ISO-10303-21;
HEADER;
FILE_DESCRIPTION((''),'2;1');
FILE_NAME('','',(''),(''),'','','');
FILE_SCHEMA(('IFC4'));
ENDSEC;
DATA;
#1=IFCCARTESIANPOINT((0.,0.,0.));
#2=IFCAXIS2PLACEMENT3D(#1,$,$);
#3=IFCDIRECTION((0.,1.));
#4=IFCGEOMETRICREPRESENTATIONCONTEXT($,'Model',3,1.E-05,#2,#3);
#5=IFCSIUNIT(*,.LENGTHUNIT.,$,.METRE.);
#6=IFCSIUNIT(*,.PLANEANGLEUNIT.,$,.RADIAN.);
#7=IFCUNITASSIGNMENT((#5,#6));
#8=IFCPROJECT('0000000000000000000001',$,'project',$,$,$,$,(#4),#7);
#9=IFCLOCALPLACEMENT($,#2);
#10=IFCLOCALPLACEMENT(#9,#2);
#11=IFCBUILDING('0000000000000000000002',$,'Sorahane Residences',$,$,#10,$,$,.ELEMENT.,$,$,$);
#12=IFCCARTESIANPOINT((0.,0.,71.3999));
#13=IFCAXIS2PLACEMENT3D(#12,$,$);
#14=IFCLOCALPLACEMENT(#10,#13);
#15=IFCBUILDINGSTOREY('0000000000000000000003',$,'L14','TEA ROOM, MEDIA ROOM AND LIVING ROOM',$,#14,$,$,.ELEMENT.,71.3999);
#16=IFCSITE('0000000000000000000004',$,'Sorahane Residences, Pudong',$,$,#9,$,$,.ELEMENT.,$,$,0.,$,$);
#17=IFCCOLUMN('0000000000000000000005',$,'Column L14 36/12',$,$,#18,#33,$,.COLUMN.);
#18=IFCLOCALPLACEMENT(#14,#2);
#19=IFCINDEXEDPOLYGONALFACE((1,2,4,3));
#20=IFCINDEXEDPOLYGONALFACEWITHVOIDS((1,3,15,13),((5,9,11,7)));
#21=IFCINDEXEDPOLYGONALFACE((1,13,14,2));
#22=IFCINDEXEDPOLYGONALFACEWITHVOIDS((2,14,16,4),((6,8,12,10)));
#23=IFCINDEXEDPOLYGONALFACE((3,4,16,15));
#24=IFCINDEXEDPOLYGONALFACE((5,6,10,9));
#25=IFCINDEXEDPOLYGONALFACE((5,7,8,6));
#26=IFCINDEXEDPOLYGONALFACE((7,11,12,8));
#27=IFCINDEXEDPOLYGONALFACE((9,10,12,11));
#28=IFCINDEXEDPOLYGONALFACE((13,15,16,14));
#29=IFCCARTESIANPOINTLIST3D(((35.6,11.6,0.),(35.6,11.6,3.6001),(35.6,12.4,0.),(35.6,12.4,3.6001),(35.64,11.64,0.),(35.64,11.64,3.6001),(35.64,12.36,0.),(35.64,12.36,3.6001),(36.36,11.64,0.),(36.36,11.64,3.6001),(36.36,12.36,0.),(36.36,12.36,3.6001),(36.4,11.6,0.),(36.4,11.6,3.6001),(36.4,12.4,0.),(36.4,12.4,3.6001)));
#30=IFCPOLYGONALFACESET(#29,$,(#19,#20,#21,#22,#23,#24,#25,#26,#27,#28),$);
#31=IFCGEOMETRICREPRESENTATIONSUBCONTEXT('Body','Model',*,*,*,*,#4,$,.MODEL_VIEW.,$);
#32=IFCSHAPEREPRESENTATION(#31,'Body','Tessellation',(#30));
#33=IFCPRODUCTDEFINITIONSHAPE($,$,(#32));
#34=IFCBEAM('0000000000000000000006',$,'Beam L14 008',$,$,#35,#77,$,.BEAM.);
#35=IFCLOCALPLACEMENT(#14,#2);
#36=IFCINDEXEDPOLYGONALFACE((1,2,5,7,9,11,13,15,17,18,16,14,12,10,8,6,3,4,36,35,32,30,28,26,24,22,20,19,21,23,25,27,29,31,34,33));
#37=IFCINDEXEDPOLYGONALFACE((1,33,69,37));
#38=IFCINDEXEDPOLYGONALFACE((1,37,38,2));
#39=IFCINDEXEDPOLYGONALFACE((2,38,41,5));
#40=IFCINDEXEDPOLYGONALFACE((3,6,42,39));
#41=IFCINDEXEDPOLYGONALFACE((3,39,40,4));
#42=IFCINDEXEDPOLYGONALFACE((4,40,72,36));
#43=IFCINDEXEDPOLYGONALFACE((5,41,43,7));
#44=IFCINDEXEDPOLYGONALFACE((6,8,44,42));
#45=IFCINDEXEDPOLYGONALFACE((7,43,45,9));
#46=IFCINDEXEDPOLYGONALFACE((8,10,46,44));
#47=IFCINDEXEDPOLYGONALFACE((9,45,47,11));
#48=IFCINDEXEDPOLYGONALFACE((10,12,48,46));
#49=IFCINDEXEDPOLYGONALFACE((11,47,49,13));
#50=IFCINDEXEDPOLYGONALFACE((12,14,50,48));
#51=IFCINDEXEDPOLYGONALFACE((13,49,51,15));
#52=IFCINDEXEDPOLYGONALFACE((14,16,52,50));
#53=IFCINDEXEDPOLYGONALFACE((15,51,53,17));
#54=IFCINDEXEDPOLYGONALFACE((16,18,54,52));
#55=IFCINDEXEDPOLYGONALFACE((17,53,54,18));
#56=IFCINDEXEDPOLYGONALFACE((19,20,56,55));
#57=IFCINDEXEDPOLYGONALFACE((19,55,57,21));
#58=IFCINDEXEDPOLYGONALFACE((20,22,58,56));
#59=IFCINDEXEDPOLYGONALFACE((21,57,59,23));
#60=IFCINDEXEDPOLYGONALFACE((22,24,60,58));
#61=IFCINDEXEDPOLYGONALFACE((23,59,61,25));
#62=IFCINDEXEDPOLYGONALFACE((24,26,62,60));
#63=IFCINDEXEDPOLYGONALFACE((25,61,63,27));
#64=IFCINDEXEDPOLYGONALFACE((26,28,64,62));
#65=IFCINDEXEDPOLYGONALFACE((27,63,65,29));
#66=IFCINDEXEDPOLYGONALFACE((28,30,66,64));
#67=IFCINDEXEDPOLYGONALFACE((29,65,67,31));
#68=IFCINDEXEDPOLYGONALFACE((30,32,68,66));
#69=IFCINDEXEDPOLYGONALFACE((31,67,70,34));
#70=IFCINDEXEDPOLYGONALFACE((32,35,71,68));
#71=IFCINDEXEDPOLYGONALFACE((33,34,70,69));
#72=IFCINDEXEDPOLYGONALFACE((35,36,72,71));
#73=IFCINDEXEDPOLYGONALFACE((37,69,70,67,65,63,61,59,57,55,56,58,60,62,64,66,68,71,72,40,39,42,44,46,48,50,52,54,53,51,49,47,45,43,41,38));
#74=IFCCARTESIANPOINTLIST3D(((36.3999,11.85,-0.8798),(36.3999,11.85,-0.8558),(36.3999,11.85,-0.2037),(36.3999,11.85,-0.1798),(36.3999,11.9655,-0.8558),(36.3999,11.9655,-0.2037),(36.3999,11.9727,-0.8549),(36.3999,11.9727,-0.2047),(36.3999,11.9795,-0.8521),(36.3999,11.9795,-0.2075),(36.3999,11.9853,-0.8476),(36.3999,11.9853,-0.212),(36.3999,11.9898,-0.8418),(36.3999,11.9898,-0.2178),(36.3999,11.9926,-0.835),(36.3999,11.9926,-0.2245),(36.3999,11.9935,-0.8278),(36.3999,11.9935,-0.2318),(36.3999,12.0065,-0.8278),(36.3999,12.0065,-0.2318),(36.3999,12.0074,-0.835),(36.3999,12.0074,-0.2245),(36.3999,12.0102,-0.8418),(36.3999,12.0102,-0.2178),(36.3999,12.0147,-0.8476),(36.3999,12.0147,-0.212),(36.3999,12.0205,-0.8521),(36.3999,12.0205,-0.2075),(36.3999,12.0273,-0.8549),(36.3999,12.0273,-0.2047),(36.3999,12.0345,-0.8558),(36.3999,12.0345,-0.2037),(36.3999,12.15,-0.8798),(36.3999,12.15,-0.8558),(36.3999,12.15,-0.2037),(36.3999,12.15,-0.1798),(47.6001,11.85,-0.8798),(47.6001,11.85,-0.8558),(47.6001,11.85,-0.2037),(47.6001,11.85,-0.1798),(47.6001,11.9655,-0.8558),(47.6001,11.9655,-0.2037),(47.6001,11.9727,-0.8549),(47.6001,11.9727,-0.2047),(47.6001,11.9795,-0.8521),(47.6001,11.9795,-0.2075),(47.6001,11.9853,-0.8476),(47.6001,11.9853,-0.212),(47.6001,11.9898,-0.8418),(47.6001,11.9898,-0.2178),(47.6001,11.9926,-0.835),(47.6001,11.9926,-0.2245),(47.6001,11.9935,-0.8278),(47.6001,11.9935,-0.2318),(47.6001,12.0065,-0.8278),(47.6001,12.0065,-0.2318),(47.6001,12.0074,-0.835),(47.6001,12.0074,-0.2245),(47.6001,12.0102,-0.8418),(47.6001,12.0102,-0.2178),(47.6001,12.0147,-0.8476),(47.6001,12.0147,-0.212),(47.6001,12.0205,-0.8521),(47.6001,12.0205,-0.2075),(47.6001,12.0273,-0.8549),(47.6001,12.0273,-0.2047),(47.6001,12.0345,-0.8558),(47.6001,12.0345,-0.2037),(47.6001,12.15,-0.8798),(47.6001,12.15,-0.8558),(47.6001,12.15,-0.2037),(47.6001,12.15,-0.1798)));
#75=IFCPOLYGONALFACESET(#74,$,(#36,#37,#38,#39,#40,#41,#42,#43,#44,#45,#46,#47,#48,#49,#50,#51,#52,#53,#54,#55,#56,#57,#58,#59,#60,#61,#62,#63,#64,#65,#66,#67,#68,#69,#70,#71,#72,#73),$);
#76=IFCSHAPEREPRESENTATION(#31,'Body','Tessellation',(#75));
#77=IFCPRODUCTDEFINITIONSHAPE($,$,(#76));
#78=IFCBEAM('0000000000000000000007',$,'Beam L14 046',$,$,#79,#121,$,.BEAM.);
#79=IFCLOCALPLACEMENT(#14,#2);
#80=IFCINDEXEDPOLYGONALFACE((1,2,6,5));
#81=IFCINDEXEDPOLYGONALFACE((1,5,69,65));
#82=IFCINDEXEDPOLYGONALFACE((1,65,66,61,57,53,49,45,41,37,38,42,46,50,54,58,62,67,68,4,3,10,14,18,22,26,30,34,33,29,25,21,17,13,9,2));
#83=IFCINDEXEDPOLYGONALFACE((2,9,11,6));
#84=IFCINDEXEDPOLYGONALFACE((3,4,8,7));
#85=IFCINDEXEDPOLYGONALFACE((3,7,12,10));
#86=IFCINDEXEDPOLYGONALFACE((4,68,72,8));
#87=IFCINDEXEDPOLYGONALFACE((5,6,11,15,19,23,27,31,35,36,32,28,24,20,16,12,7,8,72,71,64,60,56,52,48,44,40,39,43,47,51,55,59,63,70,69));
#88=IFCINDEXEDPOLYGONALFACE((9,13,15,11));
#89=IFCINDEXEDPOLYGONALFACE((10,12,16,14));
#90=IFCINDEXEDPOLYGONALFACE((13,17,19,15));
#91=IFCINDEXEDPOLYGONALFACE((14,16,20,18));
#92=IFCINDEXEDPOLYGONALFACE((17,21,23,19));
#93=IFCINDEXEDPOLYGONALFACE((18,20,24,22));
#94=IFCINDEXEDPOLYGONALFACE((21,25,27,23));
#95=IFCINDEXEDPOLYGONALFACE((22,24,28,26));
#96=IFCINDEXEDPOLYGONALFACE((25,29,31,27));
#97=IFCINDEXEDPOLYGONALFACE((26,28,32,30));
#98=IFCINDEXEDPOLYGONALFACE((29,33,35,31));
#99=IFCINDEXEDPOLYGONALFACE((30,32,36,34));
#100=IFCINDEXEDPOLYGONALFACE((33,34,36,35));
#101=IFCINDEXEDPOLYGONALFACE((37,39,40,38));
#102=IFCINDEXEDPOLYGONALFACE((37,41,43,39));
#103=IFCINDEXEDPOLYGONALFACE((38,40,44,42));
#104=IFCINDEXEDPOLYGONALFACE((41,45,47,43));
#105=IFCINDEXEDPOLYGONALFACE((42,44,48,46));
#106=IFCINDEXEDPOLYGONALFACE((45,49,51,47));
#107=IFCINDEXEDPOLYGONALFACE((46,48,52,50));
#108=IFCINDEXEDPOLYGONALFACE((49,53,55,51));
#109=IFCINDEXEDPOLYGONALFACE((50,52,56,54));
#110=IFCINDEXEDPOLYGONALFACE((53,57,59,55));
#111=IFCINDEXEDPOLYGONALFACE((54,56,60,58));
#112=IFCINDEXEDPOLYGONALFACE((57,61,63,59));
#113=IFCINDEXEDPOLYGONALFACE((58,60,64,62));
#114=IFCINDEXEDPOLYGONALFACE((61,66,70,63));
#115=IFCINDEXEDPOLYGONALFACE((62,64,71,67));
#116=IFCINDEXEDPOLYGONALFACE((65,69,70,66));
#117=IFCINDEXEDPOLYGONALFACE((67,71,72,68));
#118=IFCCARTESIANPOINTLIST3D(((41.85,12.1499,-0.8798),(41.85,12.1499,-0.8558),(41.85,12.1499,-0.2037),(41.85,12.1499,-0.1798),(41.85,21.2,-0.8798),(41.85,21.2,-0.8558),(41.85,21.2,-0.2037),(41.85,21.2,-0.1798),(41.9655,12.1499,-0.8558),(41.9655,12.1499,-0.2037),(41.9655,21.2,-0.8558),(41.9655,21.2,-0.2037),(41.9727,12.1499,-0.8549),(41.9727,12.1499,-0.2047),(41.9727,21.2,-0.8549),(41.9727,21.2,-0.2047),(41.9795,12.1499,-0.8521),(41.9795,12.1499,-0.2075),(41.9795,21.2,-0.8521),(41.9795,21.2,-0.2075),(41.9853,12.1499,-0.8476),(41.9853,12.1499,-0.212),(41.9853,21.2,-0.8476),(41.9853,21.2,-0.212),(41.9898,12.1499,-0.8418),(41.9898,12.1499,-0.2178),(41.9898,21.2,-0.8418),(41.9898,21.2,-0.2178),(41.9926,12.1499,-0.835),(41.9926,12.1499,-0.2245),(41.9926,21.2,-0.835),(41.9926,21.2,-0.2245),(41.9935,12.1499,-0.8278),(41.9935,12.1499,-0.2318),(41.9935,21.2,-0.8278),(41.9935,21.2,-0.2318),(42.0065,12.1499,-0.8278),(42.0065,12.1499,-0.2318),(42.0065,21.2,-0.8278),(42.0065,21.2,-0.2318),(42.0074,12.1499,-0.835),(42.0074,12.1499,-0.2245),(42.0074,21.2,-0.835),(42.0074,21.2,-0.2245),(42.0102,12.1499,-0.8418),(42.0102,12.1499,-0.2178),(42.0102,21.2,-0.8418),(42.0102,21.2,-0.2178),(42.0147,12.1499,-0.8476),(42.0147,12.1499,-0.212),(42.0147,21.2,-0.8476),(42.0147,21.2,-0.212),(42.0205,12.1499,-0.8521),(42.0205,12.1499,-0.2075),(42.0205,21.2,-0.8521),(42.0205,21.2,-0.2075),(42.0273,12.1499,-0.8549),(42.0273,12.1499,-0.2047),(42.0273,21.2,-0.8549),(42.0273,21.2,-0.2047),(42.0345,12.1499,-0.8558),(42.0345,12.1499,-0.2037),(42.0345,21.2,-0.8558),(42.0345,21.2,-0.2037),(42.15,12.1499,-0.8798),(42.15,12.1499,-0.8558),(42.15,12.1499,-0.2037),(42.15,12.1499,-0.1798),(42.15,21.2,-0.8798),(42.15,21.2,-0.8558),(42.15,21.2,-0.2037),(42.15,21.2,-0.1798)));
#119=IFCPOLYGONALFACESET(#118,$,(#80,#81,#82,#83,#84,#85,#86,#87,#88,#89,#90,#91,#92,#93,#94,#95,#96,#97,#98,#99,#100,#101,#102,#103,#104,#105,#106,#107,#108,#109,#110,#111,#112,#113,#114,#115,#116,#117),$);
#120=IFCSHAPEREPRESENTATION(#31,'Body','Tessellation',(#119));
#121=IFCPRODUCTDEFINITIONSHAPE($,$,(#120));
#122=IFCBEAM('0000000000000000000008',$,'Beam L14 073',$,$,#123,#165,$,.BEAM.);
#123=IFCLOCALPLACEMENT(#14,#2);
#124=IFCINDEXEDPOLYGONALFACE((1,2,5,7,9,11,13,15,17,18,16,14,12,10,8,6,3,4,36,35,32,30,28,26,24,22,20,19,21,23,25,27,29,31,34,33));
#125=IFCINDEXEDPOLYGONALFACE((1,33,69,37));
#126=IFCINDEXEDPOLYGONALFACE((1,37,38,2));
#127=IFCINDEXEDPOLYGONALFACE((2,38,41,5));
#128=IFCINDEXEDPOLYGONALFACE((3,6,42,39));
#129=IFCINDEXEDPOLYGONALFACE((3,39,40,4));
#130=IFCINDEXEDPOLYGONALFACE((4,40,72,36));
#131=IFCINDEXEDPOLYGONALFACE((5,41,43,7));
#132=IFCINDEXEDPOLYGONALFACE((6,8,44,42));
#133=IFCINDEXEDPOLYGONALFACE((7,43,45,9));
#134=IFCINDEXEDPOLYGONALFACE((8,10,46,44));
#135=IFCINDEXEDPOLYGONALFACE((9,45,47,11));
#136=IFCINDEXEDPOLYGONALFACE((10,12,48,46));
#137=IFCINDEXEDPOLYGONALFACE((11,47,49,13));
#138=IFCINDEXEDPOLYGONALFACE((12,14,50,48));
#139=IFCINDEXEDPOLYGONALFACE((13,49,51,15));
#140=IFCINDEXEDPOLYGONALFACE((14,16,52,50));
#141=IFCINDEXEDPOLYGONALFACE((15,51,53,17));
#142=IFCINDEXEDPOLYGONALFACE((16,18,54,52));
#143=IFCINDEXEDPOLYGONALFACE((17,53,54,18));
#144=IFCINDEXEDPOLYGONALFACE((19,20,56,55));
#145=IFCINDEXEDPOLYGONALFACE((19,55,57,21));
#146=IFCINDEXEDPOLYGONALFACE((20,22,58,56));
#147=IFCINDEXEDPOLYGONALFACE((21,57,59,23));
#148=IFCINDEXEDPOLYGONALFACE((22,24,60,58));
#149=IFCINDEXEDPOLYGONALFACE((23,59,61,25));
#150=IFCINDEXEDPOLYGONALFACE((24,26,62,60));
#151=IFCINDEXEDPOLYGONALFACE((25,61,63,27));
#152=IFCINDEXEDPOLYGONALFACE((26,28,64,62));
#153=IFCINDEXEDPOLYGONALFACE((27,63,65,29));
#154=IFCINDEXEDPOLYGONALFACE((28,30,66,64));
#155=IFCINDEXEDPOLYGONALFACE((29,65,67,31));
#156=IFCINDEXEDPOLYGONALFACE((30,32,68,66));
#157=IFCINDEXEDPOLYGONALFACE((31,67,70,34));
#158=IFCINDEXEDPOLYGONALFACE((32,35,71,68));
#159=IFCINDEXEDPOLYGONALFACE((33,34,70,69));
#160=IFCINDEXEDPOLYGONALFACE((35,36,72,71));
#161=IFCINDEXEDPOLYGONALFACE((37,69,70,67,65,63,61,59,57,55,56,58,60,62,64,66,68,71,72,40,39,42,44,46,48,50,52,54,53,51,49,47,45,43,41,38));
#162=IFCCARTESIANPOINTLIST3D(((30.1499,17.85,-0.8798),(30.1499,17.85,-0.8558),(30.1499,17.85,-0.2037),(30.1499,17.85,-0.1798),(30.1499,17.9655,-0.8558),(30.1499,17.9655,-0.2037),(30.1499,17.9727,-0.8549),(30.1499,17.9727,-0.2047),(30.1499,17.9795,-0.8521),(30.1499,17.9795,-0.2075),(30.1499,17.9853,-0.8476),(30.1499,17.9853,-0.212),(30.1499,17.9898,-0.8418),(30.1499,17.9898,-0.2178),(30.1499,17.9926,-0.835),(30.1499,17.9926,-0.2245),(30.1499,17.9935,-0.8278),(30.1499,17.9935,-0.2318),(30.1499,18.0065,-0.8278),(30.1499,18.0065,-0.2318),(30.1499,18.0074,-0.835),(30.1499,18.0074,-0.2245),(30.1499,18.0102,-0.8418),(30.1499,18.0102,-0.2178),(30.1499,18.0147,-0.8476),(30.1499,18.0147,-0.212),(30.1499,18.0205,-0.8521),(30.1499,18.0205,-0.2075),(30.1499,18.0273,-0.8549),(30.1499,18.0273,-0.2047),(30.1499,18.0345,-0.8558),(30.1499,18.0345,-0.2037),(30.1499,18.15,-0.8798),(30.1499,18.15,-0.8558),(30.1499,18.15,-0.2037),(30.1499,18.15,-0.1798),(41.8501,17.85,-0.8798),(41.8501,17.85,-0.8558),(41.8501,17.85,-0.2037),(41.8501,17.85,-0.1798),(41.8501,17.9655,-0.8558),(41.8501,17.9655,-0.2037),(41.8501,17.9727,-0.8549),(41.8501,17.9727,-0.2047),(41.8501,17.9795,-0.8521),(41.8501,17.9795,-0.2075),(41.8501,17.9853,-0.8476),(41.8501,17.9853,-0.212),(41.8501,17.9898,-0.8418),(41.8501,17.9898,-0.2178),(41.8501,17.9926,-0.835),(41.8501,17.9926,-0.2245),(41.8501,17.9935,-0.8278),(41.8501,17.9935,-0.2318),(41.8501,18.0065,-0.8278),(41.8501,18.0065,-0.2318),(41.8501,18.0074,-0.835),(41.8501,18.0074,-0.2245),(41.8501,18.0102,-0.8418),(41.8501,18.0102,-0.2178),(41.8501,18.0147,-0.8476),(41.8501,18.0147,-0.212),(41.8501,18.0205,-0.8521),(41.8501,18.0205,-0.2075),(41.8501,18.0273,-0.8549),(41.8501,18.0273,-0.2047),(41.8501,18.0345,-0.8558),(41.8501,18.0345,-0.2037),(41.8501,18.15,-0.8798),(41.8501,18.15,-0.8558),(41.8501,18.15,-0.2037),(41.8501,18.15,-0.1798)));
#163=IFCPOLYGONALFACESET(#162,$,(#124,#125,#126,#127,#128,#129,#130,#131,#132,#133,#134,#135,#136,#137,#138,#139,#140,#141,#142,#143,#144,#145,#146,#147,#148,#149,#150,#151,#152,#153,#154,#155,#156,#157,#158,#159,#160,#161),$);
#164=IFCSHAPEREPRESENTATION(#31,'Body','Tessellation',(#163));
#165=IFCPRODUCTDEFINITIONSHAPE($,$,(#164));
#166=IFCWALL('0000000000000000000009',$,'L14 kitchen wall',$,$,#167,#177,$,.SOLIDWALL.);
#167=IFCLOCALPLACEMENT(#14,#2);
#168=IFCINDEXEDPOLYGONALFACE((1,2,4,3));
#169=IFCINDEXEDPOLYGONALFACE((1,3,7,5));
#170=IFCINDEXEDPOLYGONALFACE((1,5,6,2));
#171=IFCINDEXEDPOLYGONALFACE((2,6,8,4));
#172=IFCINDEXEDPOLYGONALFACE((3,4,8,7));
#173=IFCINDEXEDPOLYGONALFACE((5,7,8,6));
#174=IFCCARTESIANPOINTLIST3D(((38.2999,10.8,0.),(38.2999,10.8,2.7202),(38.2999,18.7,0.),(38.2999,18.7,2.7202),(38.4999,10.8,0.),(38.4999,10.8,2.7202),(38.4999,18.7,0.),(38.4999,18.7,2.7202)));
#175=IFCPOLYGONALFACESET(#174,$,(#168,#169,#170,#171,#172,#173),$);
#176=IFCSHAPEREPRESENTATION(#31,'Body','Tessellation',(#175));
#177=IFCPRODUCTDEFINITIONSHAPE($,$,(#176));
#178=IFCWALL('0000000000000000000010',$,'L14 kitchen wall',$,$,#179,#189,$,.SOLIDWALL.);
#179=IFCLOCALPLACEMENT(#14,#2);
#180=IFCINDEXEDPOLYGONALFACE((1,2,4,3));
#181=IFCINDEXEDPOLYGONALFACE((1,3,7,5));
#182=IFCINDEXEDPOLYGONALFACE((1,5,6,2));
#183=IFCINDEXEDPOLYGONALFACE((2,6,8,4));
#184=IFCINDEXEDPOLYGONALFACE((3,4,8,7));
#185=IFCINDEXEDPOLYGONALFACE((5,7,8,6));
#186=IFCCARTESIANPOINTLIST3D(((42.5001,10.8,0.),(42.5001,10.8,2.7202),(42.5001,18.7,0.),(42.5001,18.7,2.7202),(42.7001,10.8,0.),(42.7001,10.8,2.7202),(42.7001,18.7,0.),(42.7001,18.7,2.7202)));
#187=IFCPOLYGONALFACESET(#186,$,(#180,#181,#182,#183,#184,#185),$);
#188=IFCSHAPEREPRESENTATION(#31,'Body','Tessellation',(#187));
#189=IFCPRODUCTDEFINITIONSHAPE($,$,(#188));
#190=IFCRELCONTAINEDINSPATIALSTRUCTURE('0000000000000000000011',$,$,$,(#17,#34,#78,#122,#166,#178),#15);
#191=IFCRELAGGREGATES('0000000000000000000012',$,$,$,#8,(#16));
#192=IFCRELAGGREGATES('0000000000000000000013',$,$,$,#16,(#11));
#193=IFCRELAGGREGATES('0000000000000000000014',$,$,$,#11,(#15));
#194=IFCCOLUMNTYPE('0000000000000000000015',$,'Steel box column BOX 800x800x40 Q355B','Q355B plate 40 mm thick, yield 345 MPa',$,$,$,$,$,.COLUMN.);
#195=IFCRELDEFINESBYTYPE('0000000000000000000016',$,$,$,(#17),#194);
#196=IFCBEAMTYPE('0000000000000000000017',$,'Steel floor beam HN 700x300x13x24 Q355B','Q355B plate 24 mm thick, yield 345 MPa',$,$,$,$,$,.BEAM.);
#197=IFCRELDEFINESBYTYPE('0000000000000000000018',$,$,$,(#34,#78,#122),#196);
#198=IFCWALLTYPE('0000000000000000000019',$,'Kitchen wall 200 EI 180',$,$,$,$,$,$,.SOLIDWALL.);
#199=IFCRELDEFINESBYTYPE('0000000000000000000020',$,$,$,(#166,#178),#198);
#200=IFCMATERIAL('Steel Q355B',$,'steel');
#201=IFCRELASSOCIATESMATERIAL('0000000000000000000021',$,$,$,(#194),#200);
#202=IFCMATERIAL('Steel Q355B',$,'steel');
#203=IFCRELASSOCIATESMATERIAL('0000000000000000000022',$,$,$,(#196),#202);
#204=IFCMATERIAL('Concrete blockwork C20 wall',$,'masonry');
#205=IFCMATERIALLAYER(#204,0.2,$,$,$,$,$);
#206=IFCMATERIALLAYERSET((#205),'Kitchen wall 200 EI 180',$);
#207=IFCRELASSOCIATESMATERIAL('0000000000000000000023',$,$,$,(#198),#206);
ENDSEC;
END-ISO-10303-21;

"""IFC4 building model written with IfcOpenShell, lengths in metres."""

from ifc_helpers import new_model, si_unit, direction, frame, frame_2d, origin, origin_2d, place, context, subcontext, project, spatial, rectangle, hollow_rectangle, i_section, extrude, material, layer, layer_set, material_profile, profile_set, type_object, element, save


model = new_model("IFC4")

# Units and contexts
model_context = context("Model", 3, precision=1e-05, world=origin(), true_north=direction((0.0, 1.0)))
body_context = subcontext(model_context, "Body", "Model", "MODEL_VIEW")
ifc_project = project(units=[si_unit("LENGTHUNIT", "METRE"), si_unit("PLANEANGLEUNIT", "RADIAN")], contexts=[model_context])

# Site, building, storey
site_placement = place(None, origin())
site = spatial("IfcSite", under=ifc_project, at=site_placement, Name="Sorahane Residences, Pudong", CompositionType="ELEMENT", RefElevation=0.0)
building_placement = place(site_placement, origin())
building = spatial("IfcBuilding", under=site, at=building_placement, Name="Sorahane Residences", CompositionType="ELEMENT")
storey_placement = place(building_placement, frame((0.0, 0.0, 71.3999)))
storey = spatial("IfcBuildingStorey", under=building, at=storey_placement, Name="L14", Description="TEA ROOM, MEDIA ROOM AND LIVING ROOM", CompositionType="ELEMENT", Elevation=71.3999)

# Column
ifc_material_1 = material(Name="Steel Q355B", Category="steel")
ifc_material_profile_1 = material_profile(ifc_material_1, hollow_rectangle(XDim=0.8, YDim=0.8, WallThickness=0.04, at=origin_2d()), Name="BOX 800x800x40")
ifc_profile_set_1 = profile_set([ifc_material_profile_1], Name="Steel Q355B")
column_type = type_object("IfcColumnType", Name="Steel box column BOX 800x800x40 Q355B", Description="Q355B plate 40 mm thick, yield 345 MPa", PredefinedType="COLUMN", material=ifc_profile_set_1)
column_placement = place(storey_placement, frame((36.0, 12.0, 0.0), z_axis=(0.0, 0.0, 1.0), x_axis=(1.0, 0.0, 0.0)))
element("IfcColumn", 1, at=column_placement, inside=storey, type_object=column_type, Name="Column L14 36/12", PredefinedType="COLUMN", context=body_context, shape_type="SweptSolid", body=[
    extrude(hollow_rectangle(XDim=0.8, YDim=0.8, WallThickness=0.04, at=origin_2d()), origin(), (0.0, 0.0, 1.0), 3.6001),
])

# Beams
ifc_material_2 = material(Name="Steel Q355B", Category="steel")
ifc_material_profile_2 = material_profile(ifc_material_2, i_section(OverallWidth=0.3, OverallDepth=0.7, WebThickness=0.0129, FlangeThickness=0.0239, FilletRadius=0.0281, at=origin_2d()), Name="HN 700x300x13x24")
ifc_profile_set_2 = profile_set([ifc_material_profile_2], Name="Steel Q355B")
beam_type = type_object("IfcBeamType", Name="Steel floor beam HN 700x300x13x24 Q355B", Description="Q355B plate 24 mm thick, yield 345 MPa", PredefinedType="BEAM", material=ifc_profile_set_2)
beam_1_placement = place(storey_placement, frame((36.3999, 12.0, -0.5298), z_axis=(1.0, 0.0, 0.0), x_axis=(0.0, 1.0, 0.0)))
element("IfcBeam", 2, at=beam_1_placement, inside=storey, type_object=beam_type, Name="Beam L14 008", PredefinedType="BEAM", context=body_context, shape_type="SweptSolid", body=[
    extrude(i_section(OverallWidth=0.3, OverallDepth=0.7, WebThickness=0.0129, FlangeThickness=0.0239, FilletRadius=0.0281, at=origin_2d()), origin(), (0.0, 0.0, 1.0), 11.2002),
])
beam_2_placement = place(storey_placement, frame((42.0, 12.1499, -0.5298), z_axis=(0.0, 1.0, 0.0), x_axis=(-1.0, 0.0, 0.0)))
element("IfcBeam", 3, at=beam_2_placement, inside=storey, type_object=beam_type, Name="Beam L14 046", PredefinedType="BEAM", context=body_context, shape_type="SweptSolid", body=[
    extrude(i_section(OverallWidth=0.3, OverallDepth=0.7, WebThickness=0.0129, FlangeThickness=0.0239, FilletRadius=0.0281, at=origin_2d()), origin(), (0.0, 0.0, 1.0), 9.05),
])
beam_3_placement = place(storey_placement, frame((30.1499, 18.0, -0.5298), z_axis=(1.0, 0.0, 0.0), x_axis=(0.0, 1.0, 0.0)))
element("IfcBeam", 4, at=beam_3_placement, inside=storey, type_object=beam_type, Name="Beam L14 073", PredefinedType="BEAM", context=body_context, shape_type="SweptSolid", body=[
    extrude(i_section(OverallWidth=0.3, OverallDepth=0.7, WebThickness=0.0129, FlangeThickness=0.0239, FilletRadius=0.0281, at=origin_2d()), origin(), (0.0, 0.0, 1.0), 11.7002),
])

# Walls
ifc_material_3 = material(Name="Concrete blockwork C20 wall", Category="masonry")
ifc_layer_1 = layer(ifc_material_3, 0.2)
ifc_layer_set_1 = layer_set([ifc_layer_1], Name="Kitchen wall 200 EI 180")
wall_type_1 = type_object("IfcWallType", Name="Kitchen wall 200 EI 180", PredefinedType="SOLIDWALL", material=ifc_layer_set_1)
for number, where, z_axis, x_axis, name in (
    (5, (38.3999, 10.8, 0.0), (0.0, 0.0, 1.0), (0.0, 1.0, 0.0), "L14 kitchen wall"),
    (6, (42.6001, 10.8, 0.0), (0.0, 0.0, 1.0), (0.0, 1.0, 0.0), "L14 kitchen wall"),
):
    element("IfcWall", number, at=place(storey_placement, frame(where, z_axis=z_axis, x_axis=x_axis)), inside=storey, type_object=wall_type_1, Name=name, PredefinedType="SOLIDWALL", context=body_context, shape_type="SweptSolid", body=[
        extrude(rectangle(XDim=7.8999, YDim=0.2, at=frame_2d((3.95, 0.0))), origin(), (0.0, 0.0, 1.0), 2.7202),
    ])

save(model, "model.ifc")
